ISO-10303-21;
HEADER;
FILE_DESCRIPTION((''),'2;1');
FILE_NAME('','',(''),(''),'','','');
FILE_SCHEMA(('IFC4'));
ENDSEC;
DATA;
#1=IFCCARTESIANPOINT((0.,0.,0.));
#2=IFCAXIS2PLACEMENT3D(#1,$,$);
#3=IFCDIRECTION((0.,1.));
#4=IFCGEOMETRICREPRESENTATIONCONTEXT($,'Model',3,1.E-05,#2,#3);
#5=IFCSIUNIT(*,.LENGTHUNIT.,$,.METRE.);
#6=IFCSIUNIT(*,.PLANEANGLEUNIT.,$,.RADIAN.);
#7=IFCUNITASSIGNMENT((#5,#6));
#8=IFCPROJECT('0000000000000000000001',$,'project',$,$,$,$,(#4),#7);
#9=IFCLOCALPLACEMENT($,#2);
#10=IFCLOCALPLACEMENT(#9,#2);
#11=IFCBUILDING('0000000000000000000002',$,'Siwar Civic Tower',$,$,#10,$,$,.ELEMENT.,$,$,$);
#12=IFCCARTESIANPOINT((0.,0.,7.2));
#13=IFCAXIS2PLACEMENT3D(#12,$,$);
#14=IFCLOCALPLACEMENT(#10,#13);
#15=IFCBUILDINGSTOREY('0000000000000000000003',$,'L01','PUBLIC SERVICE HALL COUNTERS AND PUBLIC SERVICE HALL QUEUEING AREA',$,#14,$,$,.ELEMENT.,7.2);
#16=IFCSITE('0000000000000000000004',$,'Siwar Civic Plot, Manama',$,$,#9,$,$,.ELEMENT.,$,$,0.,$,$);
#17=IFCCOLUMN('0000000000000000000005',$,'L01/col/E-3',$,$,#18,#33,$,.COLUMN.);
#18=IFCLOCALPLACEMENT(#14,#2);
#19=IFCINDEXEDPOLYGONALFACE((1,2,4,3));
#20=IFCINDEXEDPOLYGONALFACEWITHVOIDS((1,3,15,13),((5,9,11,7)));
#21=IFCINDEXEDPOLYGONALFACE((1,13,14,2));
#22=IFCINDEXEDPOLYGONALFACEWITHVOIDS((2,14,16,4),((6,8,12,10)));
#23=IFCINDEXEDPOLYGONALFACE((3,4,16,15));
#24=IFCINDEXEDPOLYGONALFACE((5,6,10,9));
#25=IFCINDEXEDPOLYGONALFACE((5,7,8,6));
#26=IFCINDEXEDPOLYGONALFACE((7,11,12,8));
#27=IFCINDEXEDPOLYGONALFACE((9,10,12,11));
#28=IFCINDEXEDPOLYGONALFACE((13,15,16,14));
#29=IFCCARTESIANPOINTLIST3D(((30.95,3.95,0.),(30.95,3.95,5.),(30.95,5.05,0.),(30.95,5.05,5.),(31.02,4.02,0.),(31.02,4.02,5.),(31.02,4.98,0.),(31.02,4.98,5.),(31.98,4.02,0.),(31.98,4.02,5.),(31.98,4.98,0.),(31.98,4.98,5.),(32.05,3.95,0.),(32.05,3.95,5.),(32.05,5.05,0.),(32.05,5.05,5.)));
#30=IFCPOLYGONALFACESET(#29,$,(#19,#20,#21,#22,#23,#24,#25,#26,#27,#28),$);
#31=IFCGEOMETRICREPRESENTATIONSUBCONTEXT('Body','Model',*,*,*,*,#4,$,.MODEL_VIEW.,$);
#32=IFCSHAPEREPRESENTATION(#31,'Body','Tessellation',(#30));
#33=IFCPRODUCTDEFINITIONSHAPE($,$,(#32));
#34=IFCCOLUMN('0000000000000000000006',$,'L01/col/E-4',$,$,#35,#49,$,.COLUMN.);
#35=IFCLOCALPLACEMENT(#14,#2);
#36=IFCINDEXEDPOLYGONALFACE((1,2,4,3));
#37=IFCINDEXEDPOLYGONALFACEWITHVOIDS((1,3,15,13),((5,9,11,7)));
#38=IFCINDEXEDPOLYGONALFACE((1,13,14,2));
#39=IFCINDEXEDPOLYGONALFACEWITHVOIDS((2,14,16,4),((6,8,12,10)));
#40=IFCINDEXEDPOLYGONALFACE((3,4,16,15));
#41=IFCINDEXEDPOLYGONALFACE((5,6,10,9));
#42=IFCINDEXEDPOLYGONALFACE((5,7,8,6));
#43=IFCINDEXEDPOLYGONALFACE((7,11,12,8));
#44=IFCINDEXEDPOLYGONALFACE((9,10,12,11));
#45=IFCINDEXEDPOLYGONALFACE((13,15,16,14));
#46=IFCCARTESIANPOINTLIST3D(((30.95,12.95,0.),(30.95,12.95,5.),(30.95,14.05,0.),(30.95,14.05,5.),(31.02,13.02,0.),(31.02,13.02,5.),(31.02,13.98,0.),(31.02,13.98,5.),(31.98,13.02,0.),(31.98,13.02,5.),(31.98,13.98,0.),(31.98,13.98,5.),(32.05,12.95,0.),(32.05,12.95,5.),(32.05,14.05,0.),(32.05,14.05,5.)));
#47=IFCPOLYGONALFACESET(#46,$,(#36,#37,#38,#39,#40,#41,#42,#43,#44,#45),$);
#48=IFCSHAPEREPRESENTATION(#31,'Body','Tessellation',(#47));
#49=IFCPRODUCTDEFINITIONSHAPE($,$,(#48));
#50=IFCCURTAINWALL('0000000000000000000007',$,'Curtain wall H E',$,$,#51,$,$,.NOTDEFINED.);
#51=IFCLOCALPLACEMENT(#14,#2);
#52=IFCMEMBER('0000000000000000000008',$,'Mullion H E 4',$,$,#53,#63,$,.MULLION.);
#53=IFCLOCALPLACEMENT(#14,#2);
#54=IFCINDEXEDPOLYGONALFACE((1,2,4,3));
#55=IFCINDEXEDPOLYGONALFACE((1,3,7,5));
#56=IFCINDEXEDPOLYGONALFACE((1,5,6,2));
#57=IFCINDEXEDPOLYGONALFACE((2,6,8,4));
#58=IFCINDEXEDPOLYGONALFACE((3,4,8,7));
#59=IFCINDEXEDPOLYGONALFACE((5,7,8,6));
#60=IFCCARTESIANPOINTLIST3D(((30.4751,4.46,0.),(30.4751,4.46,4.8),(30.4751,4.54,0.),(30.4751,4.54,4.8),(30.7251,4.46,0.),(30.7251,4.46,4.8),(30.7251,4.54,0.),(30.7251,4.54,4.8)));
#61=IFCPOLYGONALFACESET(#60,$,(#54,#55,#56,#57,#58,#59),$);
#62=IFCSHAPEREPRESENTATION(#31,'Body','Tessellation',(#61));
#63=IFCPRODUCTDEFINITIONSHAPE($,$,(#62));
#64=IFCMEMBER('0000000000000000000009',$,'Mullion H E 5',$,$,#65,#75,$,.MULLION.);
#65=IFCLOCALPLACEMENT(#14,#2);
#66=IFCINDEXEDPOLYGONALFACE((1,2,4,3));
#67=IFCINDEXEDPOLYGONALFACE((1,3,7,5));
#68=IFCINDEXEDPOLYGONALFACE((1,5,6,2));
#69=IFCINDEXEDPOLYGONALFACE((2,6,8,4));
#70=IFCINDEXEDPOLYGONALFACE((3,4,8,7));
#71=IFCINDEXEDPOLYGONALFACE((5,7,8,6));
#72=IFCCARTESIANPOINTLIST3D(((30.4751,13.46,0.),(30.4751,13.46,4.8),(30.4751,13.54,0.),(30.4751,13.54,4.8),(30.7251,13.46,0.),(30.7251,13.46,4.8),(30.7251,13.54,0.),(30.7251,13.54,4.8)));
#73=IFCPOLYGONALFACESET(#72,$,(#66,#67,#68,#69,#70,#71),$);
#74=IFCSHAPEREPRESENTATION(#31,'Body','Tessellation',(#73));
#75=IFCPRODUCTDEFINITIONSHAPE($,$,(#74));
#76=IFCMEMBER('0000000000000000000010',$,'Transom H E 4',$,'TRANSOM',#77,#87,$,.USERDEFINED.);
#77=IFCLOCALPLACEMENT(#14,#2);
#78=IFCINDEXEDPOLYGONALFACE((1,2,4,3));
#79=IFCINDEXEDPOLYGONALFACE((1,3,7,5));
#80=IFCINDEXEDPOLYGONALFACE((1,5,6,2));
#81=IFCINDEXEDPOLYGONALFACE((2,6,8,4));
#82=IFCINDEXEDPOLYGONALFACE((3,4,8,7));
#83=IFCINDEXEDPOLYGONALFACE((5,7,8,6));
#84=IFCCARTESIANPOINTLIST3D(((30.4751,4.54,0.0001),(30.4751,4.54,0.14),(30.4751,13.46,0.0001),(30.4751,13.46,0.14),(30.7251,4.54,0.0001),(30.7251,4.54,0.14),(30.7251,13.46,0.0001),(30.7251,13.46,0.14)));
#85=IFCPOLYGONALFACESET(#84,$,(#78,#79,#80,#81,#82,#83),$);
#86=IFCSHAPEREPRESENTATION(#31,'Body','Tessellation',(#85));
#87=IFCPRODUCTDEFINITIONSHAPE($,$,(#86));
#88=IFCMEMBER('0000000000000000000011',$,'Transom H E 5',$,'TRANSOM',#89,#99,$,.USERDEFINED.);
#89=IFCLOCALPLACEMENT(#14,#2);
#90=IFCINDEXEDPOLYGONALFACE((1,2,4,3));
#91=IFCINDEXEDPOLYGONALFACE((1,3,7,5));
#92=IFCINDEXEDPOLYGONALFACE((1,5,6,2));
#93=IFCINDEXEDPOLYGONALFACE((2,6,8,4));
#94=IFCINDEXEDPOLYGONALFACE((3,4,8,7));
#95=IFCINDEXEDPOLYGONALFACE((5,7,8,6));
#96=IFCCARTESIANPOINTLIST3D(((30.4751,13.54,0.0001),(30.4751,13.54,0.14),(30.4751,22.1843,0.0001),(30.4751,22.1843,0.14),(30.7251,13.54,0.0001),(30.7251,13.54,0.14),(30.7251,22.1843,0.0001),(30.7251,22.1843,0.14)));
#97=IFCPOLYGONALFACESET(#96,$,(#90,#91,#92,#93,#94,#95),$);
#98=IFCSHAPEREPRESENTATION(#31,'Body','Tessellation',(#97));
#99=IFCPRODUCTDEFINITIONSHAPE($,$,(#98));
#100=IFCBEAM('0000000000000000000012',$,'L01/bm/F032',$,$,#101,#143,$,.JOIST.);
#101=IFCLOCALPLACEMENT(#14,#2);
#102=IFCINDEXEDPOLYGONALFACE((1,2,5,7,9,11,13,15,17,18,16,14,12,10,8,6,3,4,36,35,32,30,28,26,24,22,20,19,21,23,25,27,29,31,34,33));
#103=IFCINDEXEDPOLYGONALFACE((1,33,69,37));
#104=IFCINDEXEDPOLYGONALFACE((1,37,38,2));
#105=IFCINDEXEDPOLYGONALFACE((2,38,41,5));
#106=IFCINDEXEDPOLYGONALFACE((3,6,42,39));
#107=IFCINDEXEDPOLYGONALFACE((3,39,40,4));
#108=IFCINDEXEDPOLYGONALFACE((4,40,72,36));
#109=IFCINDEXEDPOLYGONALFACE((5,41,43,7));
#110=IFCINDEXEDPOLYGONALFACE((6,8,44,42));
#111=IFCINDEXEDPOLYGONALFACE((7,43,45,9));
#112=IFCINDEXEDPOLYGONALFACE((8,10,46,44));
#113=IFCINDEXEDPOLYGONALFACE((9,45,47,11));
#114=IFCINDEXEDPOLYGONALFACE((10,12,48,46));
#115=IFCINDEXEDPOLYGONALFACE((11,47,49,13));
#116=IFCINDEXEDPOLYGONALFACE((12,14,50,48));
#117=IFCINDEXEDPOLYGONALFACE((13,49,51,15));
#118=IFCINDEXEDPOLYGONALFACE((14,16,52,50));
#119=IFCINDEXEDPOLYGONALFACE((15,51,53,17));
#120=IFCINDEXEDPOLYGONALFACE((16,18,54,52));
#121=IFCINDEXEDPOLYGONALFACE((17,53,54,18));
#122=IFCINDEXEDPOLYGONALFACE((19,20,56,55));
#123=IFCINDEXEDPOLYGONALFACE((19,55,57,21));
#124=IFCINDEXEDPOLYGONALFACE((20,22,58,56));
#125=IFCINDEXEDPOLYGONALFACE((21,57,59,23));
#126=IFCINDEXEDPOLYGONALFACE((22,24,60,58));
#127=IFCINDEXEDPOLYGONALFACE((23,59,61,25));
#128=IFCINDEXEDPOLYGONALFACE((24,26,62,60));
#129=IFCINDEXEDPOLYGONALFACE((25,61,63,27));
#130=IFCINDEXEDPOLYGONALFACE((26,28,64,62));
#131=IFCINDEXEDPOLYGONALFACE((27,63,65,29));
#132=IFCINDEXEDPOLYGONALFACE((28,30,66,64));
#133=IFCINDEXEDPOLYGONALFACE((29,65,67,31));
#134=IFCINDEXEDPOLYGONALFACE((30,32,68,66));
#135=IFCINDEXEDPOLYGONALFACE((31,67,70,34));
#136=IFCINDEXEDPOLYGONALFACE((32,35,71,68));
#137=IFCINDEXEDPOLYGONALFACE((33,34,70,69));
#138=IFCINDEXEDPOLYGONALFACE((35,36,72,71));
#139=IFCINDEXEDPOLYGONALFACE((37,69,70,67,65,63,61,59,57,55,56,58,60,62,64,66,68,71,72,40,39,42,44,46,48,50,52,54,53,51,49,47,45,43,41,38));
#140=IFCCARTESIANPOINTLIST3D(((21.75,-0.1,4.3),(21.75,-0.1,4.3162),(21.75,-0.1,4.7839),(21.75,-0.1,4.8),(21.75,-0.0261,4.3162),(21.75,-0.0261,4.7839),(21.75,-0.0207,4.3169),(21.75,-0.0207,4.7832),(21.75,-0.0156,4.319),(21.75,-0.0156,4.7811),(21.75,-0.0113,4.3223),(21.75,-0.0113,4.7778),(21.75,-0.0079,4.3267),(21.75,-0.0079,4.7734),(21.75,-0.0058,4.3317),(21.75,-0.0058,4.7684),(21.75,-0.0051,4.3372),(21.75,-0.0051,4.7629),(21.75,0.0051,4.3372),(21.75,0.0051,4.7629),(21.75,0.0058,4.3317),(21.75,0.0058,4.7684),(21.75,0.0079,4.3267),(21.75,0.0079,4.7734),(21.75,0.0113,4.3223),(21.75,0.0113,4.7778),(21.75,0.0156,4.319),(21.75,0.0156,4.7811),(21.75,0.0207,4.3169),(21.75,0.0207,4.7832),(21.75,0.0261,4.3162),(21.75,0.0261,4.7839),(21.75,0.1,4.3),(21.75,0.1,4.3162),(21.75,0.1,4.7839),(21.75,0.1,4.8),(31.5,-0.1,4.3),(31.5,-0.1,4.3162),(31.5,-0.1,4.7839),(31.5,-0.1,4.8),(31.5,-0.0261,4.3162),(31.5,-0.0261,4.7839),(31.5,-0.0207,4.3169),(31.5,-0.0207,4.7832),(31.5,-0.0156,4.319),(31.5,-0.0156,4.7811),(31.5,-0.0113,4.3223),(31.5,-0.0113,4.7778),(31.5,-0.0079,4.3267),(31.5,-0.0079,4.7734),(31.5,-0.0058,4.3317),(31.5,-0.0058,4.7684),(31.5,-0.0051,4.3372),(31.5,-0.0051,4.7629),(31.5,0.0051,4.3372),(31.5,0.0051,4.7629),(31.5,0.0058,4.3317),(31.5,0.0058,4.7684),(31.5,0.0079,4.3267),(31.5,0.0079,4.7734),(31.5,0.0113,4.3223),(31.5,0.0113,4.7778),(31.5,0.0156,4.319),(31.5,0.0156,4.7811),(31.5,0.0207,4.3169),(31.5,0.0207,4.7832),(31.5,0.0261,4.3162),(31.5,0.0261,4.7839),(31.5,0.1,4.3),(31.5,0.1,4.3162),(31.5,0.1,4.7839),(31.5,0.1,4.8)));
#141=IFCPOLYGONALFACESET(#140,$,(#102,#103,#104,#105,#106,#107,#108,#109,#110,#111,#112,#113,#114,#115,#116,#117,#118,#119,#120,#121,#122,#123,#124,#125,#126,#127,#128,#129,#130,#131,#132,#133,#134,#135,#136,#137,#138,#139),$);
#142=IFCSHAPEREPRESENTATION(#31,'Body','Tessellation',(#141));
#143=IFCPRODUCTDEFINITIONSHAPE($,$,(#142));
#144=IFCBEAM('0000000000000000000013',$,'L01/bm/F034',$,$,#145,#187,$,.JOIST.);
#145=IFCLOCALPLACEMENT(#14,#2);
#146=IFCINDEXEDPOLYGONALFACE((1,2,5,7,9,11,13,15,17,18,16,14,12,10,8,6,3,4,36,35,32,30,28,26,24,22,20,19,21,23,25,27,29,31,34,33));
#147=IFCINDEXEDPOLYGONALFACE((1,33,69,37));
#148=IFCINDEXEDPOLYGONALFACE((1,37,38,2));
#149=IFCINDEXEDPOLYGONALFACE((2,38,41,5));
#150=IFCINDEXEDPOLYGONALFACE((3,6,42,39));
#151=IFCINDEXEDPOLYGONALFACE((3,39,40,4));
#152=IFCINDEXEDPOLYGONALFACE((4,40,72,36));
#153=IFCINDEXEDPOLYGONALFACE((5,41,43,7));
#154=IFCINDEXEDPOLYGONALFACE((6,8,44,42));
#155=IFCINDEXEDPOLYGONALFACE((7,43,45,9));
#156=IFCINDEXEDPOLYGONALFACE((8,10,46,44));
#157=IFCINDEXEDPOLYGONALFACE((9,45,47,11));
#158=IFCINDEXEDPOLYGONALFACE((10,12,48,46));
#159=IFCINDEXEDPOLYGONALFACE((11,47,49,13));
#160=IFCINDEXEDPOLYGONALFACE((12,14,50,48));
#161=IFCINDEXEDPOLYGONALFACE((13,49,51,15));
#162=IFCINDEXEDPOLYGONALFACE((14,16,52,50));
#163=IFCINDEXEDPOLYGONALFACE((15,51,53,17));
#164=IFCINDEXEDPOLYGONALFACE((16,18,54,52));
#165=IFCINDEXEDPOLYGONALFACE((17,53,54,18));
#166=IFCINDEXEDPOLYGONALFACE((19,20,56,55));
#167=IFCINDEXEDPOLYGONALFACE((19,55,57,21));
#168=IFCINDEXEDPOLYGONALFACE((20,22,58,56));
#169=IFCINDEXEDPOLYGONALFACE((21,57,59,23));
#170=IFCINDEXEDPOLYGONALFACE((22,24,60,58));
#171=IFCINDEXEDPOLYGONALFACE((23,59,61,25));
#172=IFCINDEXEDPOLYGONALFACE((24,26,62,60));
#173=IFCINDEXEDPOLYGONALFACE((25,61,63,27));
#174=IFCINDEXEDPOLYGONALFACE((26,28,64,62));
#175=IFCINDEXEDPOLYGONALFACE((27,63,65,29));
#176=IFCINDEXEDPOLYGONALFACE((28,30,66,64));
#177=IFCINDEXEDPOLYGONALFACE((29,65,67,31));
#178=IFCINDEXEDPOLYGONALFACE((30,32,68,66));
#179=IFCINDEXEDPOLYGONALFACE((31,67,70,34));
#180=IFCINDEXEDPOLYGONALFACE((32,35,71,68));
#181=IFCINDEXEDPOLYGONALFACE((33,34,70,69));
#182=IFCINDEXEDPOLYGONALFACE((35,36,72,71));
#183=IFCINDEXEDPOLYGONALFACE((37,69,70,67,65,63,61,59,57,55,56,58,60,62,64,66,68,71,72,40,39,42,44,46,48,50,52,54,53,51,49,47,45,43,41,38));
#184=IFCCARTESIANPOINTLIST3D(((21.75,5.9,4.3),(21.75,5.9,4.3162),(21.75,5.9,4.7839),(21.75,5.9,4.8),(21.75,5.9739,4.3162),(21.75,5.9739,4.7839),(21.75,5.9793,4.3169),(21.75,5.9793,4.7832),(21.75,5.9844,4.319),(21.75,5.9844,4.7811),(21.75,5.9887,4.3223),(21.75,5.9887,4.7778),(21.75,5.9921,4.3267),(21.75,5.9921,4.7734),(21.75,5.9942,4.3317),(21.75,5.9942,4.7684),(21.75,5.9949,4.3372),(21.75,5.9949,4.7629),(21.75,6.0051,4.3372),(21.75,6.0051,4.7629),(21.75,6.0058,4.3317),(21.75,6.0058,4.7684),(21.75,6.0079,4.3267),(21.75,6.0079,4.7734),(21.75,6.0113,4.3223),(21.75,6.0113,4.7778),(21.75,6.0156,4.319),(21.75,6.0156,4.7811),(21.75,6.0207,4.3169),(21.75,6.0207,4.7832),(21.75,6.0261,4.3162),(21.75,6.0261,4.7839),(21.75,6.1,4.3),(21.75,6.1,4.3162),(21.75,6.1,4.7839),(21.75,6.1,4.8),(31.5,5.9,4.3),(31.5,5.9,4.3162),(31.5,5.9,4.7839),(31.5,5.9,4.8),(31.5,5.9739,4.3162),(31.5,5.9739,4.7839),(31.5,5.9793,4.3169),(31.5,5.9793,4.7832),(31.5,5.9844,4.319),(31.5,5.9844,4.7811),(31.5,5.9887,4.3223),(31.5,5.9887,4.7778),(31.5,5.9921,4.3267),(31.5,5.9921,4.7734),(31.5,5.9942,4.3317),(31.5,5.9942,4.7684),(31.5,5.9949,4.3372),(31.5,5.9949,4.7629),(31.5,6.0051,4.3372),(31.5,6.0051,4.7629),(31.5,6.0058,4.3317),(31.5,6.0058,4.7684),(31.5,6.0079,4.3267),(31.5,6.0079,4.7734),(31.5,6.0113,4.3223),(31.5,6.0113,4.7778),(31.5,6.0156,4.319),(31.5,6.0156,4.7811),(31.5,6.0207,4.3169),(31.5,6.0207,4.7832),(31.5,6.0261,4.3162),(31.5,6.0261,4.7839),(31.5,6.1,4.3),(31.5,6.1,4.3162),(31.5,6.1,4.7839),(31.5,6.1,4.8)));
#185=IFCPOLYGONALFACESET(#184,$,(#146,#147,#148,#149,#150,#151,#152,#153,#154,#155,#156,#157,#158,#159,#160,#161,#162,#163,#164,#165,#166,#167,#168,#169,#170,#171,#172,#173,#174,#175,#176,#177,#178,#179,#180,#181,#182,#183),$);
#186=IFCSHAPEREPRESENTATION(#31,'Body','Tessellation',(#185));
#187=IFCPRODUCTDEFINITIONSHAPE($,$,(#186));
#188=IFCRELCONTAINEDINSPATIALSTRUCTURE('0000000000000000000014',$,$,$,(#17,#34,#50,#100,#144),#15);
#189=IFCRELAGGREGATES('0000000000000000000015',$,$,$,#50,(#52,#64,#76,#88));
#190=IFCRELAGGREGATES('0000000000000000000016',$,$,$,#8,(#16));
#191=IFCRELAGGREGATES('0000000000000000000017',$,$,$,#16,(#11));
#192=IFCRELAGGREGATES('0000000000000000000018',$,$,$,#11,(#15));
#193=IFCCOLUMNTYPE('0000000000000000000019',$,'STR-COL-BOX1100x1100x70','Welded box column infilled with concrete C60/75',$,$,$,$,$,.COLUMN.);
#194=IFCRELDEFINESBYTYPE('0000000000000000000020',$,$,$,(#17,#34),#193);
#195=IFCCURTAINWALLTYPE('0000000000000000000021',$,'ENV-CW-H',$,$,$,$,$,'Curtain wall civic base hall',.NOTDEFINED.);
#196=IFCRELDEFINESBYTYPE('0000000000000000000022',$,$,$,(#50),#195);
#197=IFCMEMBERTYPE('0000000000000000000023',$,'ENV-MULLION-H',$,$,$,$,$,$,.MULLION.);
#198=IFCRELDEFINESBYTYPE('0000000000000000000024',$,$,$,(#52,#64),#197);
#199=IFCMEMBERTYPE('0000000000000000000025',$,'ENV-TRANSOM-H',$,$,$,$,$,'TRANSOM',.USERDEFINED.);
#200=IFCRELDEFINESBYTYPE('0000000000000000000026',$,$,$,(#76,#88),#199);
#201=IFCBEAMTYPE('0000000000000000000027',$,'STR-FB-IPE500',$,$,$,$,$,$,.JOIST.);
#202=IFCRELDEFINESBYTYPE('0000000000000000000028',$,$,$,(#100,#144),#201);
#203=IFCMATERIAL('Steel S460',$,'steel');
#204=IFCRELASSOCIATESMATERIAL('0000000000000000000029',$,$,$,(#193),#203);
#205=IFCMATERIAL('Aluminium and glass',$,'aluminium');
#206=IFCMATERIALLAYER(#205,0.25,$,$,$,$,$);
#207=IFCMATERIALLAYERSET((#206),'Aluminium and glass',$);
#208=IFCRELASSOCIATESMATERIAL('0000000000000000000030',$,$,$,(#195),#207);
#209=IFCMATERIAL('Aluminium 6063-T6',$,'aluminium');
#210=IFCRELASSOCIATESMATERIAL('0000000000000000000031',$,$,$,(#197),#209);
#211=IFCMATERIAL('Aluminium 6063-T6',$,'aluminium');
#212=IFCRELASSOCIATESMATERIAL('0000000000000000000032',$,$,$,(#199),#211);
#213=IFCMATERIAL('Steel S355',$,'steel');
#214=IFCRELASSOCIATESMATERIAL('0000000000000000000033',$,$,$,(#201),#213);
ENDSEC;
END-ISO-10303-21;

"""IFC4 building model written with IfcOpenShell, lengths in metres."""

from ifc_helpers import new_model, si_unit, direction, frame, origin, origin_2d, place, context, subcontext, project, spatial, rectangle, hollow_rectangle, i_section, extrude, material, layer, layer_set, material_profile, profile_set, type_object, element, aggregate, save


model = new_model("IFC4")

# Units and contexts
model_context = context("Model", 3, precision=1e-05, world=origin(), true_north=direction((0.0, 1.0)))
body_context = subcontext(model_context, "Body", "Model", "MODEL_VIEW")
ifc_project = project(units=[si_unit("LENGTHUNIT", "METRE"), si_unit("PLANEANGLEUNIT", "RADIAN")], contexts=[model_context])

# Site, building, storey
site_placement = place(None, origin())
site = spatial("IfcSite", under=ifc_project, at=site_placement, Name="Siwar Civic Plot, Manama", CompositionType="ELEMENT", RefElevation=0.0)
building_placement = place(site_placement, origin())
building = spatial("IfcBuilding", under=site, at=building_placement, Name="Siwar Civic Tower", CompositionType="ELEMENT")
storey_placement = place(building_placement, frame((0.0, 0.0, 7.2)))
storey = spatial("IfcBuildingStorey", under=building, at=storey_placement, Name="L01", Description="PUBLIC SERVICE HALL COUNTERS AND PUBLIC SERVICE HALL QUEUEING AREA", CompositionType="ELEMENT", Elevation=7.2)

# Columns
ifc_material_1 = material(Name="Steel S460", Category="steel")
ifc_material_profile_1 = material_profile(ifc_material_1, hollow_rectangle(XDim=1.1001, YDim=1.1001, WallThickness=0.0701, at=origin_2d()), Name="BOX1100x1100x70")
ifc_profile_set_1 = profile_set([ifc_material_profile_1], Name="Steel S460")
column_type = type_object("IfcColumnType", Name="STR-COL-BOX1100x1100x70", Description="Welded box column infilled with concrete C60/75", PredefinedType="COLUMN", material=ifc_profile_set_1)
for number, where, z_axis, x_axis, name in (
    (1, (31.5, 4.5, 0.0), (0.0, 0.0, 1.0), (1.0, 0.0, 0.0), "L01/col/E-3"),
    (2, (31.5, 13.5, 0.0), (0.0, 0.0, 1.0), (1.0, 0.0, 0.0), "L01/col/E-4"),
):
    element("IfcColumn", number, at=place(storey_placement, frame(where, z_axis=z_axis, x_axis=x_axis)), inside=storey, type_object=column_type, Name=name, PredefinedType="COLUMN", context=body_context, shape_type="SweptSolid", body=[
        extrude(hollow_rectangle(XDim=1.1001, YDim=1.1001, WallThickness=0.0701, at=origin_2d()), origin(), (0.0, 0.0, 1.0), 5.0),
    ])

# Curtain wall, members
ifc_material_2 = material(Name="Aluminium and glass", Category="aluminium")
ifc_layer_1 = layer(ifc_material_2, 0.25)
ifc_layer_set_1 = layer_set([ifc_layer_1], Name="Aluminium and glass")
curtain_wall_type = type_object("IfcCurtainWallType", Name="ENV-CW-H", ElementType="Curtain wall civic base hall", PredefinedType="NOTDEFINED", material=ifc_layer_set_1)
curtain_wall_placement = place(storey_placement, origin())
curtain_wall = element("IfcCurtainWall", 3, at=curtain_wall_placement, inside=storey, type_object=curtain_wall_type, Name="Curtain wall H E", PredefinedType="NOTDEFINED")
ifc_material_3 = material(Name="Aluminium 6063-T6", Category="aluminium")
ifc_material_profile_2 = material_profile(ifc_material_3, rectangle(XDim=0.25, YDim=0.0801, at=origin_2d()), Name="AL 250x80")
ifc_profile_set_2 = profile_set([ifc_material_profile_2], Name="Aluminium 6063-T6")
member_type_1 = type_object("IfcMemberType", Name="ENV-MULLION-H", PredefinedType="MULLION", material=ifc_profile_set_2)
member_1_placement = place(storey_placement, frame((30.6001, 4.5, 0.0), z_axis=(0.0, 0.0, 1.0), x_axis=(-1.0, 0.0, 0.0)))
member_1 = element("IfcMember", 4, at=member_1_placement, type_object=member_type_1, Name="Mullion H E 4", PredefinedType="MULLION", context=body_context, shape_type="SweptSolid", body=[
    extrude(rectangle(XDim=0.25, YDim=0.0801, at=origin_2d()), origin(), (0.0, 0.0, 1.0), 4.8),
])
member_2_placement = place(storey_placement, frame((30.6001, 13.5, 0.0), z_axis=(0.0, 0.0, 1.0), x_axis=(-1.0, 0.0, 0.0)))
member_2 = element("IfcMember", 5, at=member_2_placement, type_object=member_type_1, Name="Mullion H E 5", PredefinedType="MULLION", context=body_context, shape_type="SweptSolid", body=[
    extrude(rectangle(XDim=0.25, YDim=0.0801, at=origin_2d()), origin(), (0.0, 0.0, 1.0), 4.8),
])
ifc_material_4 = material(Name="Aluminium 6063-T6", Category="aluminium")
ifc_material_profile_3 = material_profile(ifc_material_4, rectangle(XDim=0.25, YDim=0.1399, at=origin_2d()), Name="AL 250x140")
ifc_profile_set_3 = profile_set([ifc_material_profile_3], Name="Aluminium 6063-T6")
member_type_2 = type_object("IfcMemberType", Name="ENV-TRANSOM-H", ElementType="TRANSOM", PredefinedType="USERDEFINED", material=ifc_profile_set_3)
member_3_placement = place(storey_placement, frame((30.6001, 4.54, 0.0701), z_axis=(0.0, 1.0, 0.0), x_axis=(-1.0, 0.0, 0.0)))
member_3 = element("IfcMember", 6, at=member_3_placement, type_object=member_type_2, Name="Transom H E 4", ObjectType="TRANSOM", PredefinedType="USERDEFINED", context=body_context, shape_type="SweptSolid", body=[
    extrude(rectangle(XDim=0.25, YDim=0.1399, at=origin_2d()), origin(), (0.0, 0.0, 1.0), 8.9199),
])
member_4_placement = place(storey_placement, frame((30.6001, 13.54, 0.0701), z_axis=(0.0, 1.0, 0.0), x_axis=(-1.0, 0.0, 0.0)))
member_4 = element("IfcMember", 7, at=member_4_placement, type_object=member_type_2, Name="Transom H E 5", ObjectType="TRANSOM", PredefinedType="USERDEFINED", context=body_context, shape_type="SweptSolid", body=[
    extrude(rectangle(XDim=0.25, YDim=0.1399, at=origin_2d()), origin(), (0.0, 0.0, 1.0), 8.6443),
])

# Beams
ifc_material_5 = material(Name="Steel S355", Category="steel")
ifc_material_profile_4 = material_profile(ifc_material_5, i_section(OverallWidth=0.2, OverallDepth=0.5, WebThickness=0.0103, FlangeThickness=0.0161, FilletRadius=0.021, at=origin_2d()), Name="IPE500")
ifc_profile_set_4 = profile_set([ifc_material_profile_4], Name="Steel S355")
beam_type_1 = type_object("IfcBeamType", Name="STR-FB-IPE500", PredefinedType="JOIST", material=ifc_profile_set_4)
for number, where, z_axis, x_axis, name in (
    (8, (21.75, 0.0, 4.55), (1.0, 0.0, 0.0), (0.0, 1.0, 0.0), "L01/bm/F032"),
    (9, (21.75, 6.0, 4.55), (1.0, 0.0, 0.0), (0.0, 1.0, 0.0), "L01/bm/F034"),
):
    element("IfcBeam", number, at=place(storey_placement, frame(where, z_axis=z_axis, x_axis=x_axis)), inside=storey, type_object=beam_type_1, Name=name, PredefinedType="JOIST", context=body_context, shape_type="SweptSolid", body=[
        extrude(i_section(OverallWidth=0.2, OverallDepth=0.5, WebThickness=0.0103, FlangeThickness=0.0161, FilletRadius=0.021, at=origin_2d()), origin(), (0.0, 0.0, 1.0), 9.75),
    ])

aggregate(curtain_wall, [member_1, member_2, member_3, member_4])

save(model, "model.ifc")
